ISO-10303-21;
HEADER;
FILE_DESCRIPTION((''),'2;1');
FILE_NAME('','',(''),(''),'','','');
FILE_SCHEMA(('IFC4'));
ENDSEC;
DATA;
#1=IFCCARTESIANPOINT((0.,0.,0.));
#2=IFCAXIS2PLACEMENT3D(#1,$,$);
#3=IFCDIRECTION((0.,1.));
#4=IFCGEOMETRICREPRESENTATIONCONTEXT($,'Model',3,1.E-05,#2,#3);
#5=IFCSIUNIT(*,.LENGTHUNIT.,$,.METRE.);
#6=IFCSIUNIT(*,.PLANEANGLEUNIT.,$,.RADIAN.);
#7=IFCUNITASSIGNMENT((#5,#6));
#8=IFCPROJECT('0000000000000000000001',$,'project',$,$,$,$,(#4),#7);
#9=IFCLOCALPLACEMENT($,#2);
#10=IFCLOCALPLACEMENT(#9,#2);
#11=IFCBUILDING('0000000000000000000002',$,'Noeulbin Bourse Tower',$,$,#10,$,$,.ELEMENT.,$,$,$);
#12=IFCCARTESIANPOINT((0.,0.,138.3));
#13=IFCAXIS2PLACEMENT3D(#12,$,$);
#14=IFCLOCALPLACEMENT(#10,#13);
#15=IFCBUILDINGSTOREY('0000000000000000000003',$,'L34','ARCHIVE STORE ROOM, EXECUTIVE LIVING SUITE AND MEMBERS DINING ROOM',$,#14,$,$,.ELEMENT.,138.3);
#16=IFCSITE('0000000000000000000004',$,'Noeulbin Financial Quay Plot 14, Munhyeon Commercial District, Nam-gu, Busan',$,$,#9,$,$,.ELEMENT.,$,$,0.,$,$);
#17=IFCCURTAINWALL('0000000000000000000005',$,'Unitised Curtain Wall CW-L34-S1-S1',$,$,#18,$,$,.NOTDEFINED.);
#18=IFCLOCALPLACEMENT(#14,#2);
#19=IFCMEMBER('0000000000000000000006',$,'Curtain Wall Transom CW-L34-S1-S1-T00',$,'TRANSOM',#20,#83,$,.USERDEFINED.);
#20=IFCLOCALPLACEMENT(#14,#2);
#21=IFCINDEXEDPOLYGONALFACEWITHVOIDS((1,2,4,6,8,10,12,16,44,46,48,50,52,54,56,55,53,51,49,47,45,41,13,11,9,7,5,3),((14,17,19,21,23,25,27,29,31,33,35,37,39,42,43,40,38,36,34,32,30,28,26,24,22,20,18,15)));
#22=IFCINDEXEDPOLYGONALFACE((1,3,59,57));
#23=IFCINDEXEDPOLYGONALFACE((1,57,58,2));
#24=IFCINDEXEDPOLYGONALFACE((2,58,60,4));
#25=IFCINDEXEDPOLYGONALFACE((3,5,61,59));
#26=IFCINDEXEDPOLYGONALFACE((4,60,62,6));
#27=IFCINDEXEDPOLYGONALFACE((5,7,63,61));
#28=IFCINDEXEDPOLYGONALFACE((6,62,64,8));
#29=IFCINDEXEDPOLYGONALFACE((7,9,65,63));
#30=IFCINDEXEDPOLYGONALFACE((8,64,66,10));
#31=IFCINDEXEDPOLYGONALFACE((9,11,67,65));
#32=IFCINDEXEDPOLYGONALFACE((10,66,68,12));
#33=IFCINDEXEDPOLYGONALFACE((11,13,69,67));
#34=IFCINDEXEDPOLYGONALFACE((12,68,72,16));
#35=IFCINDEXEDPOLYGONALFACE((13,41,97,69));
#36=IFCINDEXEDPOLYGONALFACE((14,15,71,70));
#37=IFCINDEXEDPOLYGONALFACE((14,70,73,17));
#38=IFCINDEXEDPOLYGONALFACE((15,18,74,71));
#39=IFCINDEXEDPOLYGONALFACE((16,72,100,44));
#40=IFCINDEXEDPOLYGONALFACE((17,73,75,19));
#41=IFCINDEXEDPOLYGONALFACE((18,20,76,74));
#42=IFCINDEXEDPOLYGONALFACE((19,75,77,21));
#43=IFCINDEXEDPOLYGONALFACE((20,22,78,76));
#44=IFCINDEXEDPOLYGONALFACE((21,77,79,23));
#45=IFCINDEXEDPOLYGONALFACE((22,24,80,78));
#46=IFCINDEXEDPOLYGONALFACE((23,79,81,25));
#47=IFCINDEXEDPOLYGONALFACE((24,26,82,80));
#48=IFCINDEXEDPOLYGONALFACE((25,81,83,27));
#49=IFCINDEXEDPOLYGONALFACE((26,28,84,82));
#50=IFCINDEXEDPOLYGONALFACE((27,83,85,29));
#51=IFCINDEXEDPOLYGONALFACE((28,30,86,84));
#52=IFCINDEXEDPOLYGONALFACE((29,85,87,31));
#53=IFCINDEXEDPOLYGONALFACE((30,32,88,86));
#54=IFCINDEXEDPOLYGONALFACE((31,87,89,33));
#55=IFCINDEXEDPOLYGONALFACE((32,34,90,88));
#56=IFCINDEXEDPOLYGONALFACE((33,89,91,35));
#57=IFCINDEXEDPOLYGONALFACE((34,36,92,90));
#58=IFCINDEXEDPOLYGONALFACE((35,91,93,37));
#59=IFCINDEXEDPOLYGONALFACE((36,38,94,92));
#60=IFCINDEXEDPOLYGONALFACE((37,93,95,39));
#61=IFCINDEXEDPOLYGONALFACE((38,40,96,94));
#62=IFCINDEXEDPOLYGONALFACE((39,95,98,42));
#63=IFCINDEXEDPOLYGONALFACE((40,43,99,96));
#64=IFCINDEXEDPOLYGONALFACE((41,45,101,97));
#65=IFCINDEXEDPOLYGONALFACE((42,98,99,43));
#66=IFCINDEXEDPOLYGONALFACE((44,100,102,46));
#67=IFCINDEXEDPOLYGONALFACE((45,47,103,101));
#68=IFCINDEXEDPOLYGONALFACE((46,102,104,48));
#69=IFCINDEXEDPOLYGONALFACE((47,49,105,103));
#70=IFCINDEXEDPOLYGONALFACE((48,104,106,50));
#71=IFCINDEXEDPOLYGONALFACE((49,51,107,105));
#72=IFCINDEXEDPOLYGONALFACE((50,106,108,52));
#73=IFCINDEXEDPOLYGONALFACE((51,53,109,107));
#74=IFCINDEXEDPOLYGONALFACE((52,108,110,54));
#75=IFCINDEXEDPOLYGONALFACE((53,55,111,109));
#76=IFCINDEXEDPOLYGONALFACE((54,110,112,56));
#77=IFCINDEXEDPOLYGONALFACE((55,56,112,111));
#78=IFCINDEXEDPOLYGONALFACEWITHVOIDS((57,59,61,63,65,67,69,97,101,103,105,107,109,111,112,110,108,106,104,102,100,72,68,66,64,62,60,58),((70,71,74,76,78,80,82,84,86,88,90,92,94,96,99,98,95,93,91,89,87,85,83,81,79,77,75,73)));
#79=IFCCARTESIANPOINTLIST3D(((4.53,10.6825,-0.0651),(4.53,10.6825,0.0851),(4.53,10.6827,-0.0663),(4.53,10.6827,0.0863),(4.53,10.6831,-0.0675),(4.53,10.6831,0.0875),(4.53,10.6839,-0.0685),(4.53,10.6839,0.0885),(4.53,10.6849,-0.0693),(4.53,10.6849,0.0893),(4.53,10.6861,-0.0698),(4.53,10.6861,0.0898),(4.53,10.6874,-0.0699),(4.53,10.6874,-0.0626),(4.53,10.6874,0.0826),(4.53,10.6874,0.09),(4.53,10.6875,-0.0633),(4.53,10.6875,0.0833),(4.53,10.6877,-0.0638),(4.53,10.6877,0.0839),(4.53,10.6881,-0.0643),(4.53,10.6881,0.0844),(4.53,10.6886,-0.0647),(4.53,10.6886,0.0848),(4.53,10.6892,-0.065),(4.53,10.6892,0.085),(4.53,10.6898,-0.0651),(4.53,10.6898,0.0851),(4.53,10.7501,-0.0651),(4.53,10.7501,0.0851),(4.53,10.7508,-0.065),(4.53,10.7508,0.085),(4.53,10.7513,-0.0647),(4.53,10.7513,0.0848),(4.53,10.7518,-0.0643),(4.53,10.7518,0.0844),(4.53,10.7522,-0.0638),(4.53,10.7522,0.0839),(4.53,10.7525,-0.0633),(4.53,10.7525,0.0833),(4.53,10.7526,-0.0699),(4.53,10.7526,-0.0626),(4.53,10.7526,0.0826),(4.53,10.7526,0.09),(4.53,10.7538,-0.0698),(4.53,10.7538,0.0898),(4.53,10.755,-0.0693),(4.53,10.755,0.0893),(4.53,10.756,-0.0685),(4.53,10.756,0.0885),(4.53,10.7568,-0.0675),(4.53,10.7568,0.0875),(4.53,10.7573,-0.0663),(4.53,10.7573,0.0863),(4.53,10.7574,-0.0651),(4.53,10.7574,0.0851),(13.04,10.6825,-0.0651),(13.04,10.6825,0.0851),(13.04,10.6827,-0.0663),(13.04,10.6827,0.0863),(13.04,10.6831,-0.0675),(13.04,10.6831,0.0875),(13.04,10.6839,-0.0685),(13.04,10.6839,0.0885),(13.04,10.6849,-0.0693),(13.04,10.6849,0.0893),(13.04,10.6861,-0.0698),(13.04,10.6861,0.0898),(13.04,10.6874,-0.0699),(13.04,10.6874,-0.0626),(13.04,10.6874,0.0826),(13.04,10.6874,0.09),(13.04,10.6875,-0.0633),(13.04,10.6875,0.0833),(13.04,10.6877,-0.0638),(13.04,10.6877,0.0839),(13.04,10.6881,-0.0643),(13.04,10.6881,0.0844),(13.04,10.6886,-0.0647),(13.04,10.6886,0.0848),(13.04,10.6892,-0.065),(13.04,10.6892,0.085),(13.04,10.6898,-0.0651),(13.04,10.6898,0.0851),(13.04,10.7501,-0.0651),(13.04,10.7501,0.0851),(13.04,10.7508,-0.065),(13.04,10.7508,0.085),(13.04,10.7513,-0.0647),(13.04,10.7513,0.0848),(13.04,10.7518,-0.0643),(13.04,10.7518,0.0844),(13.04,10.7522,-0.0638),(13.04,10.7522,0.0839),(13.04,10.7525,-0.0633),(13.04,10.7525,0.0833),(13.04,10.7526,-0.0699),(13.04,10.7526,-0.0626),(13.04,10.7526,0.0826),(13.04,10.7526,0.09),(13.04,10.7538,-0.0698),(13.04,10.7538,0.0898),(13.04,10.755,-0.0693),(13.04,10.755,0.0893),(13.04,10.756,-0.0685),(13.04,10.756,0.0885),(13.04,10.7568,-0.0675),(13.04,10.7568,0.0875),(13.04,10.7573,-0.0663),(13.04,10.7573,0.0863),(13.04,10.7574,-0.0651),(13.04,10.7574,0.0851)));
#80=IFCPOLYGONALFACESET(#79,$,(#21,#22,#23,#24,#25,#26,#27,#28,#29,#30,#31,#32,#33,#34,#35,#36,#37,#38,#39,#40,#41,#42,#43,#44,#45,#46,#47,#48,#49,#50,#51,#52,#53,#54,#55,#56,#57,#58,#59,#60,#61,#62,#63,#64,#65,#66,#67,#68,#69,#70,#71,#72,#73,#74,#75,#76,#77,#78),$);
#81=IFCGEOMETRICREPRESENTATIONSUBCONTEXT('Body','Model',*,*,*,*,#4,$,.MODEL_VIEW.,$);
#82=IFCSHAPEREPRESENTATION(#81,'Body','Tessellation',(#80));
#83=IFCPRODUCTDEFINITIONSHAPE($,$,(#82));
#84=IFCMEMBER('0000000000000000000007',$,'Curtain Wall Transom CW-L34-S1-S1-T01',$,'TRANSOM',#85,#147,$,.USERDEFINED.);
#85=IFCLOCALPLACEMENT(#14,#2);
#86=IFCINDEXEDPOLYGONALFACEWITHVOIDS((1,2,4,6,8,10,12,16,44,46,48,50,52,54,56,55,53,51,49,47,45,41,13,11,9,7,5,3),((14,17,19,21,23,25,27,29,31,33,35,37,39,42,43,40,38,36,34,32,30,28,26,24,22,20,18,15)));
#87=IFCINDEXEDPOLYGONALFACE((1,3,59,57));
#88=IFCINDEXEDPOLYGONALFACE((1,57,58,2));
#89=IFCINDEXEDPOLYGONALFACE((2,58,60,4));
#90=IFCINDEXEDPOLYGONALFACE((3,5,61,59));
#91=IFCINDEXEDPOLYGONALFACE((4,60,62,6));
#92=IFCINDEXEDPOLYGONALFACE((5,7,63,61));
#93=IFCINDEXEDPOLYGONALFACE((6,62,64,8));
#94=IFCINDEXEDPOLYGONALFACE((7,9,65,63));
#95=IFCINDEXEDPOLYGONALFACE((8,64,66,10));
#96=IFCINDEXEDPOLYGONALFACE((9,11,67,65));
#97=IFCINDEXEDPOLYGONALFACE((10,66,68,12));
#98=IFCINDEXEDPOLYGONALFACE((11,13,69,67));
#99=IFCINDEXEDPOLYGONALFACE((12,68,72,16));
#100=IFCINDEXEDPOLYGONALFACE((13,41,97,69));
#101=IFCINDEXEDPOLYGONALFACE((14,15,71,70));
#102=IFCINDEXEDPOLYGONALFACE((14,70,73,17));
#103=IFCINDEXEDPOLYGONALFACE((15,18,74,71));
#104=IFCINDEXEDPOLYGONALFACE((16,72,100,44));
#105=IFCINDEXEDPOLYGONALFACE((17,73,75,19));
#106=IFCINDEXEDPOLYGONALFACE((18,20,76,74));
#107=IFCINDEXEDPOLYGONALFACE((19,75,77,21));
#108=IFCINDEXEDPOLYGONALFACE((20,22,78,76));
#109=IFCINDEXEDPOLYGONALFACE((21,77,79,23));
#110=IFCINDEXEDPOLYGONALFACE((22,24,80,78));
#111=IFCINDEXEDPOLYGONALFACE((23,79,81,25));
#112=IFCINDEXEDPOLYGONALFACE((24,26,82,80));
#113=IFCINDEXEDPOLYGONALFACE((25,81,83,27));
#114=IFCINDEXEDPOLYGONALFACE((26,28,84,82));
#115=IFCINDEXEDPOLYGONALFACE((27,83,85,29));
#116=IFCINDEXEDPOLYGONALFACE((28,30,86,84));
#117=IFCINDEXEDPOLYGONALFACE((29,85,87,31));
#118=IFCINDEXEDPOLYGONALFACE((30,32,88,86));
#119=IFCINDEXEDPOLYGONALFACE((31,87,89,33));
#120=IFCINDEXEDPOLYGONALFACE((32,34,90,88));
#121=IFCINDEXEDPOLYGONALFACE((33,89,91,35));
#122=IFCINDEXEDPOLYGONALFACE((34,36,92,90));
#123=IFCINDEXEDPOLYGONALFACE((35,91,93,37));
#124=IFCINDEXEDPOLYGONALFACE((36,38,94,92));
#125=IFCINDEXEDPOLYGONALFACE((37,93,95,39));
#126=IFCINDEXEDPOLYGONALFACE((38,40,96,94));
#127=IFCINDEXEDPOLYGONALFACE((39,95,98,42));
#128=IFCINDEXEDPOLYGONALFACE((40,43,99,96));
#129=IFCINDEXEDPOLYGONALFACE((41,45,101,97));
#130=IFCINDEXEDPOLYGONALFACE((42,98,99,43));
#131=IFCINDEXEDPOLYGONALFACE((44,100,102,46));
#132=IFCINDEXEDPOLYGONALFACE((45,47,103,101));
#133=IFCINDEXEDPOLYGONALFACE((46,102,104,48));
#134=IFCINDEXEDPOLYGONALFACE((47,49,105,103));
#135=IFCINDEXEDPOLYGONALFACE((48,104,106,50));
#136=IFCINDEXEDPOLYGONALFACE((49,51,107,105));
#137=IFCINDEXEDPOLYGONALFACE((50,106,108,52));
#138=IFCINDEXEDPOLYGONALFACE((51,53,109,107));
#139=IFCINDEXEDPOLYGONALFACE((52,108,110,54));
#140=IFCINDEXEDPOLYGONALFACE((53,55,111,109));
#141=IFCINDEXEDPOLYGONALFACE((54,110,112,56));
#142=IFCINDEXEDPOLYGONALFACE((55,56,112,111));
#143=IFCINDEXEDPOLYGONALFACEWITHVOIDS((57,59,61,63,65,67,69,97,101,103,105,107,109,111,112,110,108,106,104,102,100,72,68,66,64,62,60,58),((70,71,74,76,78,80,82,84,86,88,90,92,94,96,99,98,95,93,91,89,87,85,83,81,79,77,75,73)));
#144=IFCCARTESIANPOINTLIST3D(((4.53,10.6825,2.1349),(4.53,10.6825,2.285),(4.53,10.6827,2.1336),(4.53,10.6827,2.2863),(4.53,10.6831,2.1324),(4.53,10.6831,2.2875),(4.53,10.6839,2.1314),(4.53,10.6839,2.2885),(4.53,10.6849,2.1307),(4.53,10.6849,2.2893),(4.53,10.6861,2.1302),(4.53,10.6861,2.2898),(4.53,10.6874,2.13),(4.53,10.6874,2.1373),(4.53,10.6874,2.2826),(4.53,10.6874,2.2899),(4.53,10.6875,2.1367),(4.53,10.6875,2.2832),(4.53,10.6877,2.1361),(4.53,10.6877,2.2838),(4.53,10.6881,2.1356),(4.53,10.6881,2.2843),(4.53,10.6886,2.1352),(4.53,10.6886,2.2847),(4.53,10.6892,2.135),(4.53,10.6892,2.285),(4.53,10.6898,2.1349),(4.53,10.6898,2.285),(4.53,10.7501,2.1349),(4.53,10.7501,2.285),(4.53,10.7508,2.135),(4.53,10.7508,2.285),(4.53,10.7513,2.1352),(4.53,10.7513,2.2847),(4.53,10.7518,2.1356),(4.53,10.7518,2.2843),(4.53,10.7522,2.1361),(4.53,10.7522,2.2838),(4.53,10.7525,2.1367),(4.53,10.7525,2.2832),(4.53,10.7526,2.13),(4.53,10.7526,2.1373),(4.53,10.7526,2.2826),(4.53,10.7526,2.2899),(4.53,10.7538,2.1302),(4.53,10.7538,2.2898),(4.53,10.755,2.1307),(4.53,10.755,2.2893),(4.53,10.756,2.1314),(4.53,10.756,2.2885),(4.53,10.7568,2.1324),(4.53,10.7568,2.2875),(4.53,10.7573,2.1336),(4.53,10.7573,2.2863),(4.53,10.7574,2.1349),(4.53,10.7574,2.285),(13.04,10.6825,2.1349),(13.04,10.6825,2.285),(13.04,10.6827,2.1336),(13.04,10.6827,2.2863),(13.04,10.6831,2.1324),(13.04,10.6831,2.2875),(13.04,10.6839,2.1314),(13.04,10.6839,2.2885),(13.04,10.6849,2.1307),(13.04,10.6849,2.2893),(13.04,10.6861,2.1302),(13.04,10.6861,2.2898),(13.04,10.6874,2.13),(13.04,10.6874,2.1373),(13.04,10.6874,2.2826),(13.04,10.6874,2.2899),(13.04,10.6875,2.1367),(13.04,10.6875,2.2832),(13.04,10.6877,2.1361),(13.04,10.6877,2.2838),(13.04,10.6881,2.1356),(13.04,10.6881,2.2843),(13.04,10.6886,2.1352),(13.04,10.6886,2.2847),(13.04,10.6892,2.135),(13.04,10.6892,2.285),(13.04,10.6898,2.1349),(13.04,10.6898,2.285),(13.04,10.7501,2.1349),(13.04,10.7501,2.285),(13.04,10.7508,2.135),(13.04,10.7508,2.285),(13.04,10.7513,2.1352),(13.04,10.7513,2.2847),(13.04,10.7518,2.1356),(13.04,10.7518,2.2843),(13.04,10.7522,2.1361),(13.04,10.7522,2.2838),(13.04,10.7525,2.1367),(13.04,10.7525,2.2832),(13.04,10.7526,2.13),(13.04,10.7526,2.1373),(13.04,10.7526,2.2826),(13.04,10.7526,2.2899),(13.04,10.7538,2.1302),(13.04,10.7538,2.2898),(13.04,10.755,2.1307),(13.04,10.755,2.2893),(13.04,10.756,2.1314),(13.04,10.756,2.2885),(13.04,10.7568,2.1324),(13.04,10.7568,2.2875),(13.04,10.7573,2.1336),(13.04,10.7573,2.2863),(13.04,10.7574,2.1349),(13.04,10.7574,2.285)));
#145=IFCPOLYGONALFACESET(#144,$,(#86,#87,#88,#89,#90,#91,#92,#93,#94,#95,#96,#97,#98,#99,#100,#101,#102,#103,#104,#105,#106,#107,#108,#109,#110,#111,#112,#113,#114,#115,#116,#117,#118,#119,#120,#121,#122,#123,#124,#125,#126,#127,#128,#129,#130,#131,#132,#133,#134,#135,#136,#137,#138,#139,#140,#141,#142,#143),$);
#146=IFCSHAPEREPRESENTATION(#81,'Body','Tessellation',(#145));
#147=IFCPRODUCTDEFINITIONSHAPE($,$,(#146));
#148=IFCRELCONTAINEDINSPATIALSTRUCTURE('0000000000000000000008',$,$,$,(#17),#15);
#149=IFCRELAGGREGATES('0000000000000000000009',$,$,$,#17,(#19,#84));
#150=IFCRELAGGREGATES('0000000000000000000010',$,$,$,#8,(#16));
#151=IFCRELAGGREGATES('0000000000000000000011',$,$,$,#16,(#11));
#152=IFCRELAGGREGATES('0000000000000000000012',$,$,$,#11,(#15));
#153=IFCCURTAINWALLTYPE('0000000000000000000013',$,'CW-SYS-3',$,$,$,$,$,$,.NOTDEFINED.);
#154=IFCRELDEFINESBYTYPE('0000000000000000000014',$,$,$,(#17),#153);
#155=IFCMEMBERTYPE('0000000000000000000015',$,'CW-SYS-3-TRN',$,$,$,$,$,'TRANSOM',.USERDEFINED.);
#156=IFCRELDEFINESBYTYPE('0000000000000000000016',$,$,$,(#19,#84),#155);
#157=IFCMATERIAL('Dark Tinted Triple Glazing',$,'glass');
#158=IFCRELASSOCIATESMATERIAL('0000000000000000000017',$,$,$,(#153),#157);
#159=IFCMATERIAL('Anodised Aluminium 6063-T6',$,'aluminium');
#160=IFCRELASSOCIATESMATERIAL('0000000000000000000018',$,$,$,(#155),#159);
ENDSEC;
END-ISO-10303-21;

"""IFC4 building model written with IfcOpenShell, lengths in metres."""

from ifc_helpers import new_model, si_unit, direction, frame, origin, origin_2d, place, context, subcontext, project, spatial, hollow_rectangle, extrude, material, material_profile, profile_set, type_object, element, aggregate, save


model = new_model("IFC4")

# Units and contexts
model_context = context("Model", 3, precision=1e-05, world=origin(), true_north=direction((0.0, 1.0)))
body_context = subcontext(model_context, "Body", "Model", "MODEL_VIEW")
ifc_project = project(units=[si_unit("LENGTHUNIT", "METRE"), si_unit("PLANEANGLEUNIT", "RADIAN")], contexts=[model_context])

# Site, building, storey
site_placement = place(None, origin())
site = spatial("IfcSite", under=ifc_project, at=site_placement, Name="Noeulbin Financial Quay Plot 14, Munhyeon Commercial District, Nam-gu, Busan", CompositionType="ELEMENT", RefElevation=0.0)
building_placement = place(site_placement, origin())
building = spatial("IfcBuilding", under=site, at=building_placement, Name="Noeulbin Bourse Tower", CompositionType="ELEMENT")
storey_placement = place(building_placement, frame((0.0, 0.0, 138.3)))
storey = spatial("IfcBuildingStorey", under=building, at=storey_placement, Name="L34", Description="ARCHIVE STORE ROOM, EXECUTIVE LIVING SUITE AND MEMBERS DINING ROOM", CompositionType="ELEMENT", Elevation=138.3)

# Curtain wall
ifc_material_1 = material(Name="Dark Tinted Triple Glazing", Category="glass")
curtain_wall_type = type_object("IfcCurtainWallType", Name="CW-SYS-3", PredefinedType="NOTDEFINED", material=ifc_material_1)
curtain_wall_1_placement = place(storey_placement, origin())
curtain_wall_1 = element("IfcCurtainWall", 1, at=curtain_wall_1_placement, inside=storey, type_object=curtain_wall_type, Name="Unitised Curtain Wall CW-L34-S1-S1", PredefinedType="NOTDEFINED")
ifc_material_2 = material(Name="Anodised Aluminium 6063-T6", Category="aluminium")

# Members
ifc_material_profile_1 = material_profile(ifc_material_2, hollow_rectangle(XDim=0.075, YDim=0.1599, WallThickness=0.0049, InnerFilletRadius=0.0024, OuterFilletRadius=0.0049, at=origin_2d()), Name="ALU-TRAN-75x160x5", Category="LoadBearing")
ifc_profile_set_1 = profile_set([ifc_material_profile_1], Name="Anodised Aluminium 6063-T6")
member_type_1 = type_object("IfcMemberType", Name="CW-SYS-3-TRN", ElementType="TRANSOM", PredefinedType="USERDEFINED", material=ifc_profile_set_1)
member_1_placement = place(storey_placement, frame((4.53, 10.72, 0.01), z_axis=(1.0, 0.0, 0.0), x_axis=(0.0, 1.0, 0.0)))
member_1 = element("IfcMember", 2, at=member_1_placement, type_object=member_type_1, Name="Curtain Wall Transom CW-L34-S1-S1-T00", ObjectType="TRANSOM", PredefinedType="USERDEFINED", context=body_context, shape_type="SweptSolid", body=[
    extrude(hollow_rectangle(XDim=0.075, YDim=0.1599, WallThickness=0.0049, InnerFilletRadius=0.0024, OuterFilletRadius=0.0049, at=origin_2d()), origin(), (0.0, 0.0, 1.0), 8.51),
])
member_2_placement = place(storey_placement, frame((4.53, 10.72, 2.21), z_axis=(1.0, 0.0, 0.0), x_axis=(0.0, 1.0, 0.0)))
member_2 = element("IfcMember", 3, at=member_2_placement, type_object=member_type_1, Name="Curtain Wall Transom CW-L34-S1-S1-T01", ObjectType="TRANSOM", PredefinedType="USERDEFINED", context=body_context, shape_type="SweptSolid", body=[
    extrude(hollow_rectangle(XDim=0.075, YDim=0.1599, WallThickness=0.0049, InnerFilletRadius=0.0024, OuterFilletRadius=0.0049, at=origin_2d()), origin(), (0.0, 0.0, 1.0), 8.51),
])

aggregate(curtain_wall_1, [member_1, member_2])

save(model, "model.ifc")
